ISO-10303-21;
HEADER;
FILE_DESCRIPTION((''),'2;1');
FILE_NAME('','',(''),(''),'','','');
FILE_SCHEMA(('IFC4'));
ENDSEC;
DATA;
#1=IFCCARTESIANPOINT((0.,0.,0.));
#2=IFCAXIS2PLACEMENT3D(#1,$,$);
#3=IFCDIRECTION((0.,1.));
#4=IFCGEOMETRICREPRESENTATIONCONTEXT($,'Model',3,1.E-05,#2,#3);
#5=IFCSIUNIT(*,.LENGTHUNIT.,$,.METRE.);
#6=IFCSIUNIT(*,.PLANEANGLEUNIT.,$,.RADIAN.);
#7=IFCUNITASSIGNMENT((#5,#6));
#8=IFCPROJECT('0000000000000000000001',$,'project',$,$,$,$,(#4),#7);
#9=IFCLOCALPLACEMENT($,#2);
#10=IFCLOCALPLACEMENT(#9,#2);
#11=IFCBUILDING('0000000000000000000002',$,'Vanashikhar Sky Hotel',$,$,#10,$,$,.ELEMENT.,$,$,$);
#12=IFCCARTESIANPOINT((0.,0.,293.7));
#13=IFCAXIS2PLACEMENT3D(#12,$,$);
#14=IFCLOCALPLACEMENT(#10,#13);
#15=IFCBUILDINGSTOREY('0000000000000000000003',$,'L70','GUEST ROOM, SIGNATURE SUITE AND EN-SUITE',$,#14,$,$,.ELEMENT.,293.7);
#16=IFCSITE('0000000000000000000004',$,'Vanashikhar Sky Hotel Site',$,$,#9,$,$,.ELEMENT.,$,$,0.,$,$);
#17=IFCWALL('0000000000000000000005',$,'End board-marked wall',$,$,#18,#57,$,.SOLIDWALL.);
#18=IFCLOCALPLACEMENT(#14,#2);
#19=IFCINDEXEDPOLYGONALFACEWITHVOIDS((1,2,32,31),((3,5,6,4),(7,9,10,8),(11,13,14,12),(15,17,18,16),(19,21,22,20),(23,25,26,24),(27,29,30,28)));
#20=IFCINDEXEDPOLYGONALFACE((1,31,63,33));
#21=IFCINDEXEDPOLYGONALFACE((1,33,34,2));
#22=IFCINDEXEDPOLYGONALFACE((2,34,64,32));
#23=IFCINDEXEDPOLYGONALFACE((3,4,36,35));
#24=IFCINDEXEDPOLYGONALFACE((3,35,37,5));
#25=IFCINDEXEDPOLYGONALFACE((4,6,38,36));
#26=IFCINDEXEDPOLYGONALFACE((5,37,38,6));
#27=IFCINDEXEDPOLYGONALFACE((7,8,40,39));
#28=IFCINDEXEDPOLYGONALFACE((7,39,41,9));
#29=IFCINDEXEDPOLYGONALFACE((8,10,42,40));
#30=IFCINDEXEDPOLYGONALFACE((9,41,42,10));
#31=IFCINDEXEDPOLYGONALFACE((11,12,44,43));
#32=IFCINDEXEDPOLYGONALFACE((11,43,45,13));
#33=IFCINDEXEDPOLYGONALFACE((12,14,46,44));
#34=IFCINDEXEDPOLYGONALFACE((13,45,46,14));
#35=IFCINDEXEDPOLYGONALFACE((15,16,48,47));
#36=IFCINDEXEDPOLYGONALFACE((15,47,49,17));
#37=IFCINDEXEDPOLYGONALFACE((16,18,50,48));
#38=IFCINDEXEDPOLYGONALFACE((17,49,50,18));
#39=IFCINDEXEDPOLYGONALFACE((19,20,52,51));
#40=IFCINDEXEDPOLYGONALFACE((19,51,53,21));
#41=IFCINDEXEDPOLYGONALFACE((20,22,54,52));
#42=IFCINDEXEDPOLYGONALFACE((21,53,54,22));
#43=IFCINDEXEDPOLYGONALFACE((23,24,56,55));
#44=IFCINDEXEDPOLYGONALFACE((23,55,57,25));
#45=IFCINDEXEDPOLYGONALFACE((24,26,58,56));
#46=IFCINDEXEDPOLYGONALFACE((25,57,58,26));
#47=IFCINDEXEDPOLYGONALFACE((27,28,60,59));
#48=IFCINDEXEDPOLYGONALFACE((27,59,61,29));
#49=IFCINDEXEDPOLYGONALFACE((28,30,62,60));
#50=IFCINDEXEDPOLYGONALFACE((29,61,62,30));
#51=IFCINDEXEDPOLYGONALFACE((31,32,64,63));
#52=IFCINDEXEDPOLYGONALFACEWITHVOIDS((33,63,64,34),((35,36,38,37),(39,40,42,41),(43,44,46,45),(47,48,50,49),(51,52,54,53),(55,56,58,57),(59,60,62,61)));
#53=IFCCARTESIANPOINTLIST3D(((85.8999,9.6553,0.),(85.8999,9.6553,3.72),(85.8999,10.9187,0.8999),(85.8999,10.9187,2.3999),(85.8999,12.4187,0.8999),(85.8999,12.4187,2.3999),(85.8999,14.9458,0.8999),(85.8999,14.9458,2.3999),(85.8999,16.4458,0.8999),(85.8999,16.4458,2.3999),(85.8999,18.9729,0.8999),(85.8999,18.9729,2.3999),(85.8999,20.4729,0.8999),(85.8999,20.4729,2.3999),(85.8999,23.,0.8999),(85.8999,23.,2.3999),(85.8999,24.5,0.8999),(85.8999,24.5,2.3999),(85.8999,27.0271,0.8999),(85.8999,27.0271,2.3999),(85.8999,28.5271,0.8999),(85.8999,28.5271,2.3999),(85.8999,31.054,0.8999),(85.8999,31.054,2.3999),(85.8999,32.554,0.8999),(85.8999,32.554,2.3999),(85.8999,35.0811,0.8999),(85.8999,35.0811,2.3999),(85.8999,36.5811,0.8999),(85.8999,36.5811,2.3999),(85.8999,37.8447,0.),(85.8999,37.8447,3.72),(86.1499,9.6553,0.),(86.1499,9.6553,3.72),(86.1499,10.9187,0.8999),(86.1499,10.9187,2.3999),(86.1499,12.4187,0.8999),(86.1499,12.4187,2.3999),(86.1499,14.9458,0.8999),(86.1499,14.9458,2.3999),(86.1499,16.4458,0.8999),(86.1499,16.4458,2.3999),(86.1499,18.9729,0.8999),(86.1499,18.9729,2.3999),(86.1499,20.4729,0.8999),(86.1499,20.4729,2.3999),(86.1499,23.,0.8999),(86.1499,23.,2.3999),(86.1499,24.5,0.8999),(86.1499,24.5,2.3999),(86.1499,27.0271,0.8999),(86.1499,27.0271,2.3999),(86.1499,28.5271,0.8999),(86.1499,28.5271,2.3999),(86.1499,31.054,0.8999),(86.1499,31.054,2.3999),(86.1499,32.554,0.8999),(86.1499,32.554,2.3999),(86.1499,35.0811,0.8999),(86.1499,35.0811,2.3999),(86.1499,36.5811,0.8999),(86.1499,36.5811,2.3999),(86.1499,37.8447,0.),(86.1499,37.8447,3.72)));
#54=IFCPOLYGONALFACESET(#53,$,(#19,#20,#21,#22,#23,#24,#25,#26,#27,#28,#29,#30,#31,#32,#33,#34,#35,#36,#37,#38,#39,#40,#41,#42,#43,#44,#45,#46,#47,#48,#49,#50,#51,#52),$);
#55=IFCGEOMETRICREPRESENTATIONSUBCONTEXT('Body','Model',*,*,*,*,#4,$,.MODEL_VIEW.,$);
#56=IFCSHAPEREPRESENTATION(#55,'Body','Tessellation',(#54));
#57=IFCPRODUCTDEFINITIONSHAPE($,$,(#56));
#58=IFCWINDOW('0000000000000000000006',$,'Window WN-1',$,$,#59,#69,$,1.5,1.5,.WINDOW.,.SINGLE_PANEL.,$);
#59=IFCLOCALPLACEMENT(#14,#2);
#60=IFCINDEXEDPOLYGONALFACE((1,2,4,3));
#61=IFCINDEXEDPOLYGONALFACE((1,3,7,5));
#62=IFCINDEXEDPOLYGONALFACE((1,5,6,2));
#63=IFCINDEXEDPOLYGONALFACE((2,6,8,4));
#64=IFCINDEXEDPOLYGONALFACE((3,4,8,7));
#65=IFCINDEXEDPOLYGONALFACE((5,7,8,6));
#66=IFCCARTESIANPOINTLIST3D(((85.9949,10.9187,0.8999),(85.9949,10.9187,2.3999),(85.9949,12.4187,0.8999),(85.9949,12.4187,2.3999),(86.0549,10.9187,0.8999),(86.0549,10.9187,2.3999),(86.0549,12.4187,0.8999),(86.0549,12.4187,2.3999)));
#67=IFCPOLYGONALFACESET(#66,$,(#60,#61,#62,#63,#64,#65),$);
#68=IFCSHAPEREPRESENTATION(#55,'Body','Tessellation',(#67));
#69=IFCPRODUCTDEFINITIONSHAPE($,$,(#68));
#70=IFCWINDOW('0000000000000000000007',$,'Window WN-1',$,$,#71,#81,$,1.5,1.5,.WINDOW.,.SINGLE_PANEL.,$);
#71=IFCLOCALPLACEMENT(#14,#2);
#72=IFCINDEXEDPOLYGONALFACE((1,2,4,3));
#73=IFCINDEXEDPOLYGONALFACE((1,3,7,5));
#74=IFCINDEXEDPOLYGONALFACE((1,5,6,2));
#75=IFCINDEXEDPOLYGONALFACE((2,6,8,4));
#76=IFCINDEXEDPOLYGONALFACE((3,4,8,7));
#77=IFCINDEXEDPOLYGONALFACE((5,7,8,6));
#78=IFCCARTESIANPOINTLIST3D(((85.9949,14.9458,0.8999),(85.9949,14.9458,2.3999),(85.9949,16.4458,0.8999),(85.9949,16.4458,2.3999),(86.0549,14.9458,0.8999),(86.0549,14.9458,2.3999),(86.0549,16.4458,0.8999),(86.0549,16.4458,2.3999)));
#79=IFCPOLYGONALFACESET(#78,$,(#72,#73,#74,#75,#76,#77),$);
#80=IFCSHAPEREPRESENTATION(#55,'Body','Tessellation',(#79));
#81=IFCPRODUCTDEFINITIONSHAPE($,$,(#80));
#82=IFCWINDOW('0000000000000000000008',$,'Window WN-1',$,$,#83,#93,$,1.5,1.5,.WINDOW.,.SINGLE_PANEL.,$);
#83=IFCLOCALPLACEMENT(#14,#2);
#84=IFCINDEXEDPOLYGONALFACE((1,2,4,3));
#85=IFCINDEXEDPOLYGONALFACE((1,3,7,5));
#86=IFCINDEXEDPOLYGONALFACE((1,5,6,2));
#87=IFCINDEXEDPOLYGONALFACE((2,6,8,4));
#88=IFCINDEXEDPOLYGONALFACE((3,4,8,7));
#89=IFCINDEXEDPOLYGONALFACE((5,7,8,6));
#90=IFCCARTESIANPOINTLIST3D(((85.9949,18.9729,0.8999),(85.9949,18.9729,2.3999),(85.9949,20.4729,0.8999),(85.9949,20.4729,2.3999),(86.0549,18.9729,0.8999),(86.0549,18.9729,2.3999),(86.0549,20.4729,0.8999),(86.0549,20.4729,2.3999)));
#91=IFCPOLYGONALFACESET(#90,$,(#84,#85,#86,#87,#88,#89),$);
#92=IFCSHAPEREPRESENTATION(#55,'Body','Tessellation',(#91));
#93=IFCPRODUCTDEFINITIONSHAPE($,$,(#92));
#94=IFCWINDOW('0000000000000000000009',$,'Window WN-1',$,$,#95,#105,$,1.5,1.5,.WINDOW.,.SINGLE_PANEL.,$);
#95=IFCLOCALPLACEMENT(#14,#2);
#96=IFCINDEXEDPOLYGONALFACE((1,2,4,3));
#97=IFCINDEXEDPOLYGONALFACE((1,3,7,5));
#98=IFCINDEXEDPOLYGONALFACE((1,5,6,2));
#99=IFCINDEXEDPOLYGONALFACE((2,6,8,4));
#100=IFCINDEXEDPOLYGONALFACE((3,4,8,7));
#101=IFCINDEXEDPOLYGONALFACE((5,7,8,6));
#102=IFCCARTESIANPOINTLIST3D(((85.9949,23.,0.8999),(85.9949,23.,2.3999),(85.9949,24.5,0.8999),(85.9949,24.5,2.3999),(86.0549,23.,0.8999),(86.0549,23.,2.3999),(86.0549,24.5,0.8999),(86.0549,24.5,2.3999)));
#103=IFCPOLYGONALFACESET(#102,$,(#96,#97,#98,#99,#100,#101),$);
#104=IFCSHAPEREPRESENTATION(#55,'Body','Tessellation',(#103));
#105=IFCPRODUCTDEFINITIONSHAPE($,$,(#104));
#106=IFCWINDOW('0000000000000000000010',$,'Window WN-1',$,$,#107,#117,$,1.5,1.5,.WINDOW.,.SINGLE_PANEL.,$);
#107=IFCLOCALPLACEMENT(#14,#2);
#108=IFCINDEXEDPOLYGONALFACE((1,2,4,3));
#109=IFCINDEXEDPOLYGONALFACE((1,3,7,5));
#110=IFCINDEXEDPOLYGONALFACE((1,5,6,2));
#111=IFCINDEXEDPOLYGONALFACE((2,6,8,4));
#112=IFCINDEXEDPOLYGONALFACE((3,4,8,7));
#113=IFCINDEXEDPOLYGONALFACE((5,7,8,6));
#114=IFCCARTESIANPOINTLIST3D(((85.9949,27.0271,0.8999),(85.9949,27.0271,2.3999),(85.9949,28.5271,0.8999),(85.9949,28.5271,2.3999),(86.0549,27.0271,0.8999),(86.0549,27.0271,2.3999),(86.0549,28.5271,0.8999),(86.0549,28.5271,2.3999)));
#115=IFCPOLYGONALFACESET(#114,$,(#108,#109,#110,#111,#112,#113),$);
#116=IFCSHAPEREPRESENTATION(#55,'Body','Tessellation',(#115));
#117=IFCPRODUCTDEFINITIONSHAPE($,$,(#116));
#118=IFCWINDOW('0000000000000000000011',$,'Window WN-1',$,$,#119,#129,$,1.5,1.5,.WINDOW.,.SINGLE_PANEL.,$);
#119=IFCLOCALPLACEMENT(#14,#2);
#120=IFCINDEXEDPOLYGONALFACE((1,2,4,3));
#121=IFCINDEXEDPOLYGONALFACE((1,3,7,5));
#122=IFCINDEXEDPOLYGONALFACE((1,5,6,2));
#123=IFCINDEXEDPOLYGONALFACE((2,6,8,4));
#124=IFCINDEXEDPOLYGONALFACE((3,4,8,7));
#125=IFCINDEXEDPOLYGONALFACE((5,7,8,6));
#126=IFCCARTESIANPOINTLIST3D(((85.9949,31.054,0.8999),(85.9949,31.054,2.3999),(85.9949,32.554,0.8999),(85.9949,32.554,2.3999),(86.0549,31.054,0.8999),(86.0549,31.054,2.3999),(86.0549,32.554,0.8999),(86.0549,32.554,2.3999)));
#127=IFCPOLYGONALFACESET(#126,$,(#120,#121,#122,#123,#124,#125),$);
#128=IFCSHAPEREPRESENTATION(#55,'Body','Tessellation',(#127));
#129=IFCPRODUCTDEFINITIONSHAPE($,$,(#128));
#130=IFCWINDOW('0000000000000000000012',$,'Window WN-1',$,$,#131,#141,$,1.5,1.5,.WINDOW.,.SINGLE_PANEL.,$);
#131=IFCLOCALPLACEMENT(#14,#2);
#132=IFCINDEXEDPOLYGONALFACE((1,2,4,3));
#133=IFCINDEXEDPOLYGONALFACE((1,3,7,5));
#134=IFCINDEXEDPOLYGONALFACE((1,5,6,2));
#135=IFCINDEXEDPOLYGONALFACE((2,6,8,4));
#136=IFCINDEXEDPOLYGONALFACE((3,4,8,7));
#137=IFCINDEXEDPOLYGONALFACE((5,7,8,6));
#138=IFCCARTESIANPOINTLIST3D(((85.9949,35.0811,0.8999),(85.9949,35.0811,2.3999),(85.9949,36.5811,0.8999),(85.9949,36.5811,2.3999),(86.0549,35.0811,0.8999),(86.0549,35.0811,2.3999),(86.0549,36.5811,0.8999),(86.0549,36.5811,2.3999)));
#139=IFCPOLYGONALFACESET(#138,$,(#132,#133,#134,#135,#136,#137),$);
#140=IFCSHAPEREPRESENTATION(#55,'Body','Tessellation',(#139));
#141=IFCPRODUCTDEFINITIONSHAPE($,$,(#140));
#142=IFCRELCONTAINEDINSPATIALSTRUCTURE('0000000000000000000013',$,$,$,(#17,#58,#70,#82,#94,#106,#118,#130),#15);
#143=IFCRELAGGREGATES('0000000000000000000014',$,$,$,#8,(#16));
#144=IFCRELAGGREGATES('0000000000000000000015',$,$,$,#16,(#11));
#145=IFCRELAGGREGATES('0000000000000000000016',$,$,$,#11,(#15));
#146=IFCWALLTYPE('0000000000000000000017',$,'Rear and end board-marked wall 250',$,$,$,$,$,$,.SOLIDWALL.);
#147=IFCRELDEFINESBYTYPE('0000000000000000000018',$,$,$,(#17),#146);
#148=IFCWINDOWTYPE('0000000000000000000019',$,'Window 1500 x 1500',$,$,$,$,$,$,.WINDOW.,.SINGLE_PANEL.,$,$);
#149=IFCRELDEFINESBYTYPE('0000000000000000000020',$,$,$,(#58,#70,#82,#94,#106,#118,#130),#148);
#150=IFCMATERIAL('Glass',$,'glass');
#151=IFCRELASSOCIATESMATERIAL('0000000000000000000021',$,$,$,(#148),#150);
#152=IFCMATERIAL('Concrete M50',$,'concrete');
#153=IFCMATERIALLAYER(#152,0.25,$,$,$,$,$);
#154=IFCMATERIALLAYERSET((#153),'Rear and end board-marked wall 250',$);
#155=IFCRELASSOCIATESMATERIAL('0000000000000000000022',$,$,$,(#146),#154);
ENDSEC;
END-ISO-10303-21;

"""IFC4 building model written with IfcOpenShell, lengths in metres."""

from ifc_helpers import new_model, si_unit, direction, frame, frame_2d, origin, place, context, subcontext, project, spatial, rectangle, extrude, source, transform, mapped, material, layer, layer_set, type_object, element, fill, save


model = new_model("IFC4")

# Units and contexts
model_context = context("Model", 3, precision=1e-05, world=origin(), true_north=direction((0.0, 1.0)))
body_context = subcontext(model_context, "Body", "Model", "MODEL_VIEW")
ifc_project = project(units=[si_unit("LENGTHUNIT", "METRE"), si_unit("PLANEANGLEUNIT", "RADIAN")], contexts=[model_context])

# Site, building, storey
site_placement = place(None, origin())
site = spatial("IfcSite", under=ifc_project, at=site_placement, Name="Vanashikhar Sky Hotel Site", CompositionType="ELEMENT", RefElevation=0.0)
building_placement = place(site_placement, origin())
building = spatial("IfcBuilding", under=site, at=building_placement, Name="Vanashikhar Sky Hotel", CompositionType="ELEMENT")
storey_placement = place(building_placement, frame((0.0, 0.0, 293.7)))
storey = spatial("IfcBuildingStorey", under=building, at=storey_placement, Name="L70", Description="GUEST ROOM, SIGNATURE SUITE AND EN-SUITE", CompositionType="ELEMENT", Elevation=293.7)

# Shared definitions
ifc_material_1 = material(Name="Concrete M50", Category="concrete")

# Shared definitions
ifc_material_2 = material(Name="Glass", Category="glass")
window_type_1 = type_object("IfcWindowType", Name="Window 1500 x 1500", PartitioningType="SINGLE_PANEL", PredefinedType="WINDOW", material=ifc_material_2)
shared_shape_1 = source(origin(), body_context, "Body", "SweptSolid", [
    extrude(rectangle(XDim=1.5, YDim=1.5, at=frame_2d((0.75, 0.75))), frame((0.0, 0.03, 0.0), z_axis=(0.0, -1.0, 0.0), x_axis=(1.0, 0.0, 0.0)), (0.0, 0.0, 1.0), 0.0601),
])

# Wall, openings, windows
ifc_layer_1 = layer(ifc_material_1, 0.25)
ifc_layer_set_1 = layer_set([ifc_layer_1], Name="Rear and end board-marked wall 250")
wall_type_1 = type_object("IfcWallType", Name="Rear and end board-marked wall 250", PredefinedType="SOLIDWALL", material=ifc_layer_set_1)
shared_shape_2 = source(origin(), body_context, "Body", "SweptSolid", [
    extrude(rectangle(XDim=28.1895, YDim=0.25, at=frame_2d((14.0947, 0.0))), origin(), (0.0, 0.0, 1.0), 3.72),
])
wall_1_placement = place(storey_placement, frame((86.0249, 9.6553, 0.0), z_axis=(0.0, 0.0, 1.0), x_axis=(0.0, 1.0, 0.0)))
wall_1 = element("IfcWall", 1, at=wall_1_placement, inside=storey, type_object=wall_type_1, Name="End board-marked wall", PredefinedType="SOLIDWALL", context=body_context, shape_type="MappedRepresentation", body=[
    mapped(shared_shape_2, transform((0.0, 0.0, 0.0), scale=1.0)),
])
shared_shape_3 = source(origin(), body_context, "Body", "SweptSolid", [
    extrude(rectangle(XDim=1.5, YDim=1.5, at=frame_2d((0.75, 0.75))), frame((0.0, 0.135, 0.0), z_axis=(0.0, -1.0, 0.0), x_axis=(1.0, 0.0, 0.0)), (0.0, 0.0, 1.0), 0.27),
])
opening_1_placement = place(wall_1_placement, frame((1.2634, 0.0, 0.8999)))
opening_1 = element("IfcOpeningElement", 2, at=opening_1_placement, cuts=wall_1, PredefinedType="OPENING", context=body_context, shape_type="MappedRepresentation", body=[
    mapped(shared_shape_3, transform((0.0, 0.0, 0.0), scale=1.0)),
])
opening_2_placement = place(wall_1_placement, frame((5.2905, 0.0, 0.8999)))
opening_2 = element("IfcOpeningElement", 3, at=opening_2_placement, cuts=wall_1, PredefinedType="OPENING", context=body_context, shape_type="MappedRepresentation", body=[
    mapped(shared_shape_3, transform((0.0, 0.0, 0.0), scale=1.0)),
])
opening_3_placement = place(wall_1_placement, frame((9.3176, 0.0, 0.8999)))
opening_3 = element("IfcOpeningElement", 4, at=opening_3_placement, cuts=wall_1, PredefinedType="OPENING", context=body_context, shape_type="MappedRepresentation", body=[
    mapped(shared_shape_3, transform((0.0, 0.0, 0.0), scale=1.0)),
])
opening_4_placement = place(wall_1_placement, frame((13.3447, 0.0, 0.8999)))
opening_4 = element("IfcOpeningElement", 5, at=opening_4_placement, cuts=wall_1, PredefinedType="OPENING", context=body_context, shape_type="MappedRepresentation", body=[
    mapped(shared_shape_3, transform((0.0, 0.0, 0.0), scale=1.0)),
])
opening_5_placement = place(wall_1_placement, frame((17.3718, 0.0, 0.8999)))
opening_5 = element("IfcOpeningElement", 6, at=opening_5_placement, cuts=wall_1, PredefinedType="OPENING", context=body_context, shape_type="MappedRepresentation", body=[
    mapped(shared_shape_3, transform((0.0, 0.0, 0.0), scale=1.0)),
])
opening_6_placement = place(wall_1_placement, frame((21.3987, 0.0, 0.8999)))
opening_6 = element("IfcOpeningElement", 7, at=opening_6_placement, cuts=wall_1, PredefinedType="OPENING", context=body_context, shape_type="MappedRepresentation", body=[
    mapped(shared_shape_3, transform((0.0, 0.0, 0.0), scale=1.0)),
])
opening_7_placement = place(wall_1_placement, frame((25.4258, 0.0, 0.8999)))
opening_7 = element("IfcOpeningElement", 8, at=opening_7_placement, cuts=wall_1, PredefinedType="OPENING", context=body_context, shape_type="MappedRepresentation", body=[
    mapped(shared_shape_3, transform((0.0, 0.0, 0.0), scale=1.0)),
])
window_1_placement = place(opening_1_placement, origin())
window_1 = element("IfcWindow", 9, at=window_1_placement, inside=storey, type_object=window_type_1, Name="Window WN-1", OverallHeight=1.5, OverallWidth=1.5, PartitioningType="SINGLE_PANEL", PredefinedType="WINDOW", context=body_context, shape_type="MappedRepresentation", body=[
    mapped(shared_shape_1, transform((0.0, 0.0, 0.0), scale=1.0)),
])
fill(opening_1, window_1)
window_2_placement = place(opening_2_placement, origin())
window_2 = element("IfcWindow", 10, at=window_2_placement, inside=storey, type_object=window_type_1, Name="Window WN-1", OverallHeight=1.5, OverallWidth=1.5, PartitioningType="SINGLE_PANEL", PredefinedType="WINDOW", context=body_context, shape_type="MappedRepresentation", body=[
    mapped(shared_shape_1, transform((0.0, 0.0, 0.0), scale=1.0)),
])
fill(opening_2, window_2)
window_3_placement = place(opening_3_placement, origin())
window_3 = element("IfcWindow", 11, at=window_3_placement, inside=storey, type_object=window_type_1, Name="Window WN-1", OverallHeight=1.5, OverallWidth=1.5, PartitioningType="SINGLE_PANEL", PredefinedType="WINDOW", context=body_context, shape_type="MappedRepresentation", body=[
    mapped(shared_shape_1, transform((0.0, 0.0, 0.0), scale=1.0)),
])
fill(opening_3, window_3)
window_4_placement = place(opening_4_placement, origin())
window_4 = element("IfcWindow", 12, at=window_4_placement, inside=storey, type_object=window_type_1, Name="Window WN-1", OverallHeight=1.5, OverallWidth=1.5, PartitioningType="SINGLE_PANEL", PredefinedType="WINDOW", context=body_context, shape_type="MappedRepresentation", body=[
    mapped(shared_shape_1, transform((0.0, 0.0, 0.0), scale=1.0)),
])
fill(opening_4, window_4)
window_5_placement = place(opening_5_placement, origin())
window_5 = element("IfcWindow", 13, at=window_5_placement, inside=storey, type_object=window_type_1, Name="Window WN-1", OverallHeight=1.5, OverallWidth=1.5, PartitioningType="SINGLE_PANEL", PredefinedType="WINDOW", context=body_context, shape_type="MappedRepresentation", body=[
    mapped(shared_shape_1, transform((0.0, 0.0, 0.0), scale=1.0)),
])
fill(opening_5, window_5)
window_6_placement = place(opening_6_placement, origin())
window_6 = element("IfcWindow", 14, at=window_6_placement, inside=storey, type_object=window_type_1, Name="Window WN-1", OverallHeight=1.5, OverallWidth=1.5, PartitioningType="SINGLE_PANEL", PredefinedType="WINDOW", context=body_context, shape_type="MappedRepresentation", body=[
    mapped(shared_shape_1, transform((0.0, 0.0, 0.0), scale=1.0)),
])
fill(opening_6, window_6)
window_7_placement = place(opening_7_placement, origin())
window_7 = element("IfcWindow", 15, at=window_7_placement, inside=storey, type_object=window_type_1, Name="Window WN-1", OverallHeight=1.5, OverallWidth=1.5, PartitioningType="SINGLE_PANEL", PredefinedType="WINDOW", context=body_context, shape_type="MappedRepresentation", body=[
    mapped(shared_shape_1, transform((0.0, 0.0, 0.0), scale=1.0)),
])
fill(opening_7, window_7)

save(model, "model.ifc")
